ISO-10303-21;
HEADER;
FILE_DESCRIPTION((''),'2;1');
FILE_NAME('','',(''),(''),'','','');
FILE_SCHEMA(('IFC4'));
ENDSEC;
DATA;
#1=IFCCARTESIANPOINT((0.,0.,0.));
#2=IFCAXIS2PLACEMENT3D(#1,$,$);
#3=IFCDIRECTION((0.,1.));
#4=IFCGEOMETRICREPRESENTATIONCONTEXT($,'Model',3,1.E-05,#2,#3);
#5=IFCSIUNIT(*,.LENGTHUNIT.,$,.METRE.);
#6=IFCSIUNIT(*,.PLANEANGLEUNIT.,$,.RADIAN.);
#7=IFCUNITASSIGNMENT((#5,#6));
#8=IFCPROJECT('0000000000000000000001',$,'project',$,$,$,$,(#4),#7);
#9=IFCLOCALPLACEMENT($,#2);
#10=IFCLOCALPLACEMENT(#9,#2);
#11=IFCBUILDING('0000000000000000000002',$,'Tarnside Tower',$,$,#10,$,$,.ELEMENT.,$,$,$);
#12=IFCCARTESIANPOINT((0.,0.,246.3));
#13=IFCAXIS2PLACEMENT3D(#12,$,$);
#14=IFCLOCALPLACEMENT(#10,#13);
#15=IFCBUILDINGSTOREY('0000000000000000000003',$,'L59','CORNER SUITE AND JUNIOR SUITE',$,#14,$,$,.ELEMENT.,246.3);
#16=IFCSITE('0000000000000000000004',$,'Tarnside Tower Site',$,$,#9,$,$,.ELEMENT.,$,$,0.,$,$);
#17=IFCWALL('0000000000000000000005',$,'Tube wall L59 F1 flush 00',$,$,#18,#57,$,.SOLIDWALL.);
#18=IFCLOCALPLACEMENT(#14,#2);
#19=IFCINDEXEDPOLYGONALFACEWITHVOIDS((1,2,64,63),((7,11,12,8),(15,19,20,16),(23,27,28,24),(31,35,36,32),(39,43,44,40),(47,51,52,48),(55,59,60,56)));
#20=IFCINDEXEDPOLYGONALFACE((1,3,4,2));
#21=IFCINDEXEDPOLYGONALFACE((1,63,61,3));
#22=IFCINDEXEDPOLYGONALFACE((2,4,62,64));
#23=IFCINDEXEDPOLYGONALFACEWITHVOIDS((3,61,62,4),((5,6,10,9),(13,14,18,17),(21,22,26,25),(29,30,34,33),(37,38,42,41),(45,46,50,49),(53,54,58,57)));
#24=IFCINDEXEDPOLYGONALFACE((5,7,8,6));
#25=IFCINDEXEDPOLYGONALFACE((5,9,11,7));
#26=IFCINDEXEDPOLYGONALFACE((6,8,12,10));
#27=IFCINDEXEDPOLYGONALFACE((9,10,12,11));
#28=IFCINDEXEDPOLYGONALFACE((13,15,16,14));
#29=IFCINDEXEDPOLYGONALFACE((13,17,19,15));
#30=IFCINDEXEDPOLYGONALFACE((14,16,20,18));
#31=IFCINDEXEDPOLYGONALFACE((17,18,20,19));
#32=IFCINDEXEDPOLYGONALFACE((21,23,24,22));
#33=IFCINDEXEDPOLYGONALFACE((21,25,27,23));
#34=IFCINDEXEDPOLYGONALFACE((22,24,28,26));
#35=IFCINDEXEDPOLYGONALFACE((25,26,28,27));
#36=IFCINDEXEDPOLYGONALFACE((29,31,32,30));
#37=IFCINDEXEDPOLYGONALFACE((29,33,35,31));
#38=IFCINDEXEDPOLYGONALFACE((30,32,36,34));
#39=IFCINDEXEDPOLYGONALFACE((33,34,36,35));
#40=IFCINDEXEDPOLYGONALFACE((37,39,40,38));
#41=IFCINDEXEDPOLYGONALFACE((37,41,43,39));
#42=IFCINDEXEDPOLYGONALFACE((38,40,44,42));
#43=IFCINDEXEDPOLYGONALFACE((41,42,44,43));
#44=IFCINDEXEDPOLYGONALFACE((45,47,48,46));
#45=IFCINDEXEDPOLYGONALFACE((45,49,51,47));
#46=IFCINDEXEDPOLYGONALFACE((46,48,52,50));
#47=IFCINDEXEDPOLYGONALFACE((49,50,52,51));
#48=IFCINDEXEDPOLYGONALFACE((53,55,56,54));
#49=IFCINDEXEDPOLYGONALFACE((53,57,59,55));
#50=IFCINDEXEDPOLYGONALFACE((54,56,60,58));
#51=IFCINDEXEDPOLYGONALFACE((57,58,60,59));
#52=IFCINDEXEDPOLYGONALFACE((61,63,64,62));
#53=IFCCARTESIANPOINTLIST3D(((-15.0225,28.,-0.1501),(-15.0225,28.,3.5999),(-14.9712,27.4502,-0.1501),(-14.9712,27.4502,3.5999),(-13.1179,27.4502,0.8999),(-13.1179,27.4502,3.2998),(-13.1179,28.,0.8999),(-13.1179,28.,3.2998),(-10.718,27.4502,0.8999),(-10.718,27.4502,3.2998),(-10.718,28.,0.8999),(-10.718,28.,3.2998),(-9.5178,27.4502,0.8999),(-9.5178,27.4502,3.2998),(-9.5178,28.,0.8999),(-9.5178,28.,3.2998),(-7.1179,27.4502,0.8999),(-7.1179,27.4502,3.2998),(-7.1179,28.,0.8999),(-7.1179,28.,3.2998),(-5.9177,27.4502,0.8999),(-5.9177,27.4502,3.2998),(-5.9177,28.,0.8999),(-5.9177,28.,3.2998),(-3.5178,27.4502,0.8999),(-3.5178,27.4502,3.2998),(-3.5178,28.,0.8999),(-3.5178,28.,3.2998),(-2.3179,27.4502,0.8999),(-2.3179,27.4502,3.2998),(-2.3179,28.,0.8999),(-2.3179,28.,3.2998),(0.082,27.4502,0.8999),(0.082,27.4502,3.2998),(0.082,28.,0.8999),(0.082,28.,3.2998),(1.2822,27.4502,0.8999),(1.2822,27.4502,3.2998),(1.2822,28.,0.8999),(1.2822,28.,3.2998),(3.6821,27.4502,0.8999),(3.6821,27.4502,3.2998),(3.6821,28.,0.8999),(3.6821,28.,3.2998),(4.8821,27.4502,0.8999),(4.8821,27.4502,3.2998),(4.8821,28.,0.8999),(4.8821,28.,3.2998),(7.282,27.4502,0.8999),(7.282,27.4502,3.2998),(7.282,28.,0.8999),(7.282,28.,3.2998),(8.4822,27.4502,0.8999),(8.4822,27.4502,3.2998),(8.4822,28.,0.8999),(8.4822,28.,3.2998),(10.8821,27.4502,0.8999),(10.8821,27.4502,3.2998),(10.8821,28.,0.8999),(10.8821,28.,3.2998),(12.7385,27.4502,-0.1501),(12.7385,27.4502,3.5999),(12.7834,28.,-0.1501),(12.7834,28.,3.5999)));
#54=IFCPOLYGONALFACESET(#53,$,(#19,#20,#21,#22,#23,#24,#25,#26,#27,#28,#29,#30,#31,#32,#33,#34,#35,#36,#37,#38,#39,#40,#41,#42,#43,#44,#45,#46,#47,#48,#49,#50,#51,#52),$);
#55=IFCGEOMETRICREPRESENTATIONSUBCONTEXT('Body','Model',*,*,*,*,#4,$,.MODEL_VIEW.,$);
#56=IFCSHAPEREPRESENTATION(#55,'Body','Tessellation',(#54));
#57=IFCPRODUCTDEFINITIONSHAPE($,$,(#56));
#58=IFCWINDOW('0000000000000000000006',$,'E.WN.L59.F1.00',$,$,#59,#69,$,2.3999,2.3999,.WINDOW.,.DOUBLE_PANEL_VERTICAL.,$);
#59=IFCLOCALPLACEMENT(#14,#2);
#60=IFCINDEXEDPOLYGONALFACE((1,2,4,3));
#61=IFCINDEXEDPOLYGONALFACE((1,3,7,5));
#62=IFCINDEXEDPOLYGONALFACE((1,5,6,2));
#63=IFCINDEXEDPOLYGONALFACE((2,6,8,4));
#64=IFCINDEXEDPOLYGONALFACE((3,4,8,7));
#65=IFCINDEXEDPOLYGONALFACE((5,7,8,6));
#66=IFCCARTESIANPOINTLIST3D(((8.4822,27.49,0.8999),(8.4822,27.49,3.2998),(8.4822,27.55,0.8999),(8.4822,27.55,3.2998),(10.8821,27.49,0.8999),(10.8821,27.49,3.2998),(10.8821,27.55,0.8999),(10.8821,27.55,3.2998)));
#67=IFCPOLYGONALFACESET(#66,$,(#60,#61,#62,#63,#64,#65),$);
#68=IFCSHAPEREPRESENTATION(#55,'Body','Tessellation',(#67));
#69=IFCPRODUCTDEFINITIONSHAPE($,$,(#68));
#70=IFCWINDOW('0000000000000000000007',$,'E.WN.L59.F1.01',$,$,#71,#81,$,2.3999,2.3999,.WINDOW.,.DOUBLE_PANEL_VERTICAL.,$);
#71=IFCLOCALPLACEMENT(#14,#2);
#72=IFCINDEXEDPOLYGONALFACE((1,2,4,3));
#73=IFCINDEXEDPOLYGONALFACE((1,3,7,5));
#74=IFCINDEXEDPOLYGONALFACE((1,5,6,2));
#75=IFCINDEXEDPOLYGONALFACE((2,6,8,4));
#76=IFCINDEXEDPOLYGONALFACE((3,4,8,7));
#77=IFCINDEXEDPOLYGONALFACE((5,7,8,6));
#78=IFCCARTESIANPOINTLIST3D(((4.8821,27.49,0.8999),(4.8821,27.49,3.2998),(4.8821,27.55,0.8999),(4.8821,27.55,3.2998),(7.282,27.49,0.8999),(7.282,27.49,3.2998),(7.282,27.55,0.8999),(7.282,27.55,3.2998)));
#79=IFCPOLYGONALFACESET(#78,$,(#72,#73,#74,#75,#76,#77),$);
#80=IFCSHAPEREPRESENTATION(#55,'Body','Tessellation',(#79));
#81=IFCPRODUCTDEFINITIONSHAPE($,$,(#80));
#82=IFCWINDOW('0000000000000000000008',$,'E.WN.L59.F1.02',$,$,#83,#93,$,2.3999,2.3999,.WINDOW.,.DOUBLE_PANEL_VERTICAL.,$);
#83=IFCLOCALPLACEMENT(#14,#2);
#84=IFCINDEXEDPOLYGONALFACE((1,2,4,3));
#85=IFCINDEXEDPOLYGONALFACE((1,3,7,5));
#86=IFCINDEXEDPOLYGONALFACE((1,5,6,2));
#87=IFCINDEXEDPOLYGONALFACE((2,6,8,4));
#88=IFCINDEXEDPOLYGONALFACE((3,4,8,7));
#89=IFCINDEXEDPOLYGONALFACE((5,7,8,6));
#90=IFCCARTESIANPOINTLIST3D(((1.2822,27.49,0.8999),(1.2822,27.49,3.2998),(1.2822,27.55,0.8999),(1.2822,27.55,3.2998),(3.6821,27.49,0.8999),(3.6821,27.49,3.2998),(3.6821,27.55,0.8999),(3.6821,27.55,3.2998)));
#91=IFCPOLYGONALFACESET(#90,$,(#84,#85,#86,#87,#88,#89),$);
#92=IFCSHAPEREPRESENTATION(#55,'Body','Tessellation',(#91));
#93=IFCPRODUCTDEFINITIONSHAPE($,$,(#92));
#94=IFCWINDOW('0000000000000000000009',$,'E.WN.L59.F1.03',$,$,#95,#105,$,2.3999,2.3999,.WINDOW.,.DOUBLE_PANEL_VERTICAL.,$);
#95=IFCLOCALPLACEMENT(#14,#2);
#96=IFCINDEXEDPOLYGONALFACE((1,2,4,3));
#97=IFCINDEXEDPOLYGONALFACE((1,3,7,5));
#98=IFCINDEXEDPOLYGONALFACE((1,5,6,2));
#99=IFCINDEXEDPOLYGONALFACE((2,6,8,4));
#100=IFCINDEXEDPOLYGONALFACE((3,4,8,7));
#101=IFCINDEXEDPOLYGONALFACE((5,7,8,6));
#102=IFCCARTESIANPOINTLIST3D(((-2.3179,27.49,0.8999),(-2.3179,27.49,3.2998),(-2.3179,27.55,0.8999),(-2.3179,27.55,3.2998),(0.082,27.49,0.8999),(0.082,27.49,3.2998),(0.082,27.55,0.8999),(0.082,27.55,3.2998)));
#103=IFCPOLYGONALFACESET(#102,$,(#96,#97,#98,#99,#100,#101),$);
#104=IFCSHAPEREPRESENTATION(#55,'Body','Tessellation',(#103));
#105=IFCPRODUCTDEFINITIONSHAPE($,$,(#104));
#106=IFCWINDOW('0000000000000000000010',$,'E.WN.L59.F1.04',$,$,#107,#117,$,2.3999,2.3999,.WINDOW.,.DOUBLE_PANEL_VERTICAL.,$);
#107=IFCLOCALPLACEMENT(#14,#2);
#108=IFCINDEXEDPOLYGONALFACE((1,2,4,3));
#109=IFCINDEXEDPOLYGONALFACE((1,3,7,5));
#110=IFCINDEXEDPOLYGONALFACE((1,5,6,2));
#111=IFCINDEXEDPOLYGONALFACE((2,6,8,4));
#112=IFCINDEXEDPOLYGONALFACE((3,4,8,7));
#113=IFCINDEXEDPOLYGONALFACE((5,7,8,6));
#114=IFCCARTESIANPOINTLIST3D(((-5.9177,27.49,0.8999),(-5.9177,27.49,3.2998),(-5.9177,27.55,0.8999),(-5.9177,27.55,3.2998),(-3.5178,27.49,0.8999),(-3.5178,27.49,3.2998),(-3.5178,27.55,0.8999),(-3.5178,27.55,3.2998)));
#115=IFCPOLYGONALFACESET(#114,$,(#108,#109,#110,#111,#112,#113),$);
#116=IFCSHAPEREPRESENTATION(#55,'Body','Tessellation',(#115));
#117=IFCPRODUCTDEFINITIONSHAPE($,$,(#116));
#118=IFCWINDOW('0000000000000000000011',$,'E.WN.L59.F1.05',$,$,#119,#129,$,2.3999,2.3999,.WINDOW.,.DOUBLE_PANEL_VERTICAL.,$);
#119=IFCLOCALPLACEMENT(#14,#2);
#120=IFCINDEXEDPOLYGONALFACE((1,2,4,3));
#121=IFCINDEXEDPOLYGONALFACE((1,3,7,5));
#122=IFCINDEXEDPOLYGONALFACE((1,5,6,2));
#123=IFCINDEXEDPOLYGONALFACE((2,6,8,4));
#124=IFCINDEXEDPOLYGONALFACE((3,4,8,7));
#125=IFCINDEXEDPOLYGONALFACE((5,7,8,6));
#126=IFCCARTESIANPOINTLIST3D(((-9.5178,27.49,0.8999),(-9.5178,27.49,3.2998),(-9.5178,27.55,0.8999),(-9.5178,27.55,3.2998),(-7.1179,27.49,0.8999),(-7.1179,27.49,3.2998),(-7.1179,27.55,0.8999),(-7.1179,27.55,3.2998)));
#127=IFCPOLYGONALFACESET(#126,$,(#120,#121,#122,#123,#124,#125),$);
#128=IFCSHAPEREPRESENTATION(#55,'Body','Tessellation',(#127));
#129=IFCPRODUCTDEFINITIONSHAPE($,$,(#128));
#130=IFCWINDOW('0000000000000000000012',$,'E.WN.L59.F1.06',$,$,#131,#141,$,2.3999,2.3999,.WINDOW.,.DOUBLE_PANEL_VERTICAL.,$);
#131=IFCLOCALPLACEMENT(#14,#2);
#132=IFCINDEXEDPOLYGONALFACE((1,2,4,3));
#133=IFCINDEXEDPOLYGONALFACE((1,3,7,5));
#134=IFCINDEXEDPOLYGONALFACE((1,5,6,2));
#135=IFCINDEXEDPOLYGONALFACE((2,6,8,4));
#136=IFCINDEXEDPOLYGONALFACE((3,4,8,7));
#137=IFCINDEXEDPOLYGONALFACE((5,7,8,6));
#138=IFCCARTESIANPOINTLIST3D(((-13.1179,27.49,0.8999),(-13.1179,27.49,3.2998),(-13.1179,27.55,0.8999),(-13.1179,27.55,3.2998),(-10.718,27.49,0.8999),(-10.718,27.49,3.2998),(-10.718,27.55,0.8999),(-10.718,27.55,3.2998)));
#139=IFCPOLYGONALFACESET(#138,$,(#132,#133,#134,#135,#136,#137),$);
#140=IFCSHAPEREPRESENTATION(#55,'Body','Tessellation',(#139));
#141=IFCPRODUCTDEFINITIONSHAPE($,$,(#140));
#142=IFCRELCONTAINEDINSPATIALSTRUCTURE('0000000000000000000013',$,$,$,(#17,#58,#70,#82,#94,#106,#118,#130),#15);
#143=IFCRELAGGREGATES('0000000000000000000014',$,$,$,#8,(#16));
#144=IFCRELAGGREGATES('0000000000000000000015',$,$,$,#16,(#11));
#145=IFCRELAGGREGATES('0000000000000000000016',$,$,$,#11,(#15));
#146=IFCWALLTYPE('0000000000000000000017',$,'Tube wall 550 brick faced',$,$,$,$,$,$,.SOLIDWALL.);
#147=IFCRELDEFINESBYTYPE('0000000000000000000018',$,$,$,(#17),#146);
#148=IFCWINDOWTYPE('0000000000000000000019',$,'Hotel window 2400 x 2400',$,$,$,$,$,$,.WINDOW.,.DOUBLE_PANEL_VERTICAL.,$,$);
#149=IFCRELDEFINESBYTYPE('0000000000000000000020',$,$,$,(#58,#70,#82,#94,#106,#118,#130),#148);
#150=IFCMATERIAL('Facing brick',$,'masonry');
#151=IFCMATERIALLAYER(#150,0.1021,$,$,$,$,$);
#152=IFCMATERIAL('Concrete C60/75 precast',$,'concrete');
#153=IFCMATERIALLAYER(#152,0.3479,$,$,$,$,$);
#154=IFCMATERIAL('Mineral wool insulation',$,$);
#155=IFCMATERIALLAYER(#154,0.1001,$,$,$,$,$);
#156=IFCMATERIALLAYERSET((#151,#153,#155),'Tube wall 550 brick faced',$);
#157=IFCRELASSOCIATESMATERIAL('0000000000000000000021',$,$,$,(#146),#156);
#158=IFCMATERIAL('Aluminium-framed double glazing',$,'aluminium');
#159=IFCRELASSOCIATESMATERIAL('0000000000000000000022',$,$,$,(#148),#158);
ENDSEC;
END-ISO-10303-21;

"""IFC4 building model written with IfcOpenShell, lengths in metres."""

from ifc_helpers import new_model, si_unit, direction, frame, frame_2d, origin, place, context, subcontext, project, spatial, polyline, rectangle, outline, extrude, material, layer, layer_set, type_object, element, fill, save


model = new_model("IFC4")

# Units and contexts
model_context = context("Model", 3, precision=1e-05, world=origin(), true_north=direction((0.0, 1.0)))
body_context = subcontext(model_context, "Body", "Model", "MODEL_VIEW")
ifc_project = project(units=[si_unit("LENGTHUNIT", "METRE"), si_unit("PLANEANGLEUNIT", "RADIAN")], contexts=[model_context])

# Site, building, storey
site_placement = place(None, origin())
site = spatial("IfcSite", under=ifc_project, at=site_placement, Name="Tarnside Tower Site", CompositionType="ELEMENT", RefElevation=0.0)
building_placement = place(site_placement, origin())
building = spatial("IfcBuilding", under=site, at=building_placement, Name="Tarnside Tower", CompositionType="ELEMENT")
storey_placement = place(building_placement, frame((0.0, 0.0, 246.3)))
storey = spatial("IfcBuildingStorey", under=building, at=storey_placement, Name="L59", Description="CORNER SUITE AND JUNIOR SUITE", CompositionType="ELEMENT", Elevation=246.3)

# Wall, openings, windows
ifc_material_1 = material(Name="Facing brick", Category="masonry")
ifc_layer_1 = layer(ifc_material_1, 0.1021)
ifc_material_2 = material(Name="Concrete C60/75 precast", Category="concrete")
ifc_layer_2 = layer(ifc_material_2, 0.3479)
ifc_material_3 = material(Name="Mineral wool insulation")
ifc_layer_3 = layer(ifc_material_3, 0.1001)
ifc_layer_set_1 = layer_set([ifc_layer_1, ifc_layer_2, ifc_layer_3], Name="Tube wall 550 brick faced")
wall_type_1 = type_object("IfcWallType", Name="Tube wall 550 brick faced", PredefinedType="SOLIDWALL", material=ifc_layer_set_1)
wall_1_placement = place(storey_placement, frame((12.761, 27.7251, -0.1501), z_axis=(0.0, 0.0, 1.0), x_axis=(-1.0, 0.0, 0.0)))
wall_1 = element("IfcWall", 1, at=wall_1_placement, inside=storey, type_object=wall_type_1, Name="Tube wall L59 F1 flush 00", PredefinedType="SOLIDWALL", context=body_context, shape_type="SweptSolid", body=[
    extrude(outline(polyline([(-0.0225, -0.2749), (27.7834, -0.2749), (27.7322, 0.2749), (0.0225, 0.2749), (-0.0225, -0.2749)])), origin(), (0.0, 0.0, 1.0), 3.75),
])
opening_1_placement = place(wall_1_placement, frame((1.8789, 0.0, 1.05)))
opening_1 = element("IfcOpeningElement", 2, at=opening_1_placement, cuts=wall_1, PredefinedType="OPENING", context=body_context, shape_type="SweptSolid", body=[
    extrude(rectangle(XDim=2.3999, YDim=2.3999, at=frame_2d((1.2, 1.2))), frame((0.0, 0.2852, 0.0), z_axis=(0.0, -1.0, 0.0), x_axis=(1.0, 0.0, 0.0)), (0.0, 0.0, 1.0), 0.5701),
])
opening_2_placement = place(wall_1_placement, frame((5.479, 0.0, 1.05)))
opening_2 = element("IfcOpeningElement", 3, at=opening_2_placement, cuts=wall_1, PredefinedType="OPENING", context=body_context, shape_type="SweptSolid", body=[
    extrude(rectangle(XDim=2.3999, YDim=2.3999, at=frame_2d((1.2, 1.2))), frame((0.0, 0.2852, 0.0), z_axis=(0.0, -1.0, 0.0), x_axis=(1.0, 0.0, 0.0)), (0.0, 0.0, 1.0), 0.5701),
])
opening_3_placement = place(wall_1_placement, frame((9.0789, 0.0, 1.05)))
opening_3 = element("IfcOpeningElement", 4, at=opening_3_placement, cuts=wall_1, PredefinedType="OPENING", context=body_context, shape_type="SweptSolid", body=[
    extrude(rectangle(XDim=2.3999, YDim=2.3999, at=frame_2d((1.2, 1.2))), frame((0.0, 0.2852, 0.0), z_axis=(0.0, -1.0, 0.0), x_axis=(1.0, 0.0, 0.0)), (0.0, 0.0, 1.0), 0.5701),
])
opening_4_placement = place(wall_1_placement, frame((12.679, 0.0, 1.05)))
opening_4 = element("IfcOpeningElement", 5, at=opening_4_placement, cuts=wall_1, PredefinedType="OPENING", context=body_context, shape_type="SweptSolid", body=[
    extrude(rectangle(XDim=2.3999, YDim=2.3999, at=frame_2d((1.2, 1.2))), frame((0.0, 0.2852, 0.0), z_axis=(0.0, -1.0, 0.0), x_axis=(1.0, 0.0, 0.0)), (0.0, 0.0, 1.0), 0.5701),
])
opening_5_placement = place(wall_1_placement, frame((16.2788, 0.0, 1.05)))
opening_5 = element("IfcOpeningElement", 6, at=opening_5_placement, cuts=wall_1, PredefinedType="OPENING", context=body_context, shape_type="SweptSolid", body=[
    extrude(rectangle(XDim=2.3999, YDim=2.3999, at=frame_2d((1.2, 1.2))), frame((0.0, 0.2852, 0.0), z_axis=(0.0, -1.0, 0.0), x_axis=(1.0, 0.0, 0.0)), (0.0, 0.0, 1.0), 0.5701),
])
opening_6_placement = place(wall_1_placement, frame((19.8789, 0.0, 1.05)))
opening_6 = element("IfcOpeningElement", 7, at=opening_6_placement, cuts=wall_1, PredefinedType="OPENING", context=body_context, shape_type="SweptSolid", body=[
    extrude(rectangle(XDim=2.3999, YDim=2.3999, at=frame_2d((1.2, 1.2))), frame((0.0, 0.2852, 0.0), z_axis=(0.0, -1.0, 0.0), x_axis=(1.0, 0.0, 0.0)), (0.0, 0.0, 1.0), 0.5701),
])
opening_7_placement = place(wall_1_placement, frame((23.479, 0.0, 1.05)))
opening_7 = element("IfcOpeningElement", 8, at=opening_7_placement, cuts=wall_1, PredefinedType="OPENING", context=body_context, shape_type="SweptSolid", body=[
    extrude(rectangle(XDim=2.3999, YDim=2.3999, at=frame_2d((1.2, 1.2))), frame((0.0, 0.2852, 0.0), z_axis=(0.0, -1.0, 0.0), x_axis=(1.0, 0.0, 0.0)), (0.0, 0.0, 1.0), 0.5701),
])
ifc_material_4 = material(Name="Aluminium-framed double glazing", Category="aluminium")
window_type = type_object("IfcWindowType", Name="Hotel window 2400 x 2400", PartitioningType="DOUBLE_PANEL_VERTICAL", PredefinedType="WINDOW", material=ifc_material_4)
window_1_placement = place(opening_1_placement, frame((0.0, 0.2051, 0.0)))
window_1 = element("IfcWindow", 9, at=window_1_placement, inside=storey, type_object=window_type, Name="E.WN.L59.F1.00", OverallHeight=2.3999, OverallWidth=2.3999, PartitioningType="DOUBLE_PANEL_VERTICAL", PredefinedType="WINDOW", context=body_context, shape_type="SweptSolid", body=[
    extrude(rectangle(XDim=2.3999, YDim=2.3999, at=frame_2d((1.2, 1.2))), frame((0.0, 0.03, 0.0), z_axis=(0.0, -1.0, 0.0), x_axis=(1.0, 0.0, 0.0)), (0.0, 0.0, 1.0), 0.0601),
])
fill(opening_1, window_1)
window_2_placement = place(opening_2_placement, frame((0.0, 0.2051, 0.0)))
window_2 = element("IfcWindow", 10, at=window_2_placement, inside=storey, type_object=window_type, Name="E.WN.L59.F1.01", OverallHeight=2.3999, OverallWidth=2.3999, PartitioningType="DOUBLE_PANEL_VERTICAL", PredefinedType="WINDOW", context=body_context, shape_type="SweptSolid", body=[
    extrude(rectangle(XDim=2.3999, YDim=2.3999, at=frame_2d((1.2, 1.2))), frame((0.0, 0.03, 0.0), z_axis=(0.0, -1.0, 0.0), x_axis=(1.0, 0.0, 0.0)), (0.0, 0.0, 1.0), 0.0601),
])
fill(opening_2, window_2)
window_3_placement = place(opening_3_placement, frame((0.0, 0.2051, 0.0)))
window_3 = element("IfcWindow", 11, at=window_3_placement, inside=storey, type_object=window_type, Name="E.WN.L59.F1.02", OverallHeight=2.3999, OverallWidth=2.3999, PartitioningType="DOUBLE_PANEL_VERTICAL", PredefinedType="WINDOW", context=body_context, shape_type="SweptSolid", body=[
    extrude(rectangle(XDim=2.3999, YDim=2.3999, at=frame_2d((1.2, 1.2))), frame((0.0, 0.03, 0.0), z_axis=(0.0, -1.0, 0.0), x_axis=(1.0, 0.0, 0.0)), (0.0, 0.0, 1.0), 0.0601),
])
fill(opening_3, window_3)
window_4_placement = place(opening_4_placement, frame((0.0, 0.2051, 0.0)))
window_4 = element("IfcWindow", 12, at=window_4_placement, inside=storey, type_object=window_type, Name="E.WN.L59.F1.03", OverallHeight=2.3999, OverallWidth=2.3999, PartitioningType="DOUBLE_PANEL_VERTICAL", PredefinedType="WINDOW", context=body_context, shape_type="SweptSolid", body=[
    extrude(rectangle(XDim=2.3999, YDim=2.3999, at=frame_2d((1.2, 1.2))), frame((0.0, 0.03, 0.0), z_axis=(0.0, -1.0, 0.0), x_axis=(1.0, 0.0, 0.0)), (0.0, 0.0, 1.0), 0.0601),
])
fill(opening_4, window_4)
window_5_placement = place(opening_5_placement, frame((0.0, 0.2051, 0.0)))
window_5 = element("IfcWindow", 13, at=window_5_placement, inside=storey, type_object=window_type, Name="E.WN.L59.F1.04", OverallHeight=2.3999, OverallWidth=2.3999, PartitioningType="DOUBLE_PANEL_VERTICAL", PredefinedType="WINDOW", context=body_context, shape_type="SweptSolid", body=[
    extrude(rectangle(XDim=2.3999, YDim=2.3999, at=frame_2d((1.2, 1.2))), frame((0.0, 0.03, 0.0), z_axis=(0.0, -1.0, 0.0), x_axis=(1.0, 0.0, 0.0)), (0.0, 0.0, 1.0), 0.0601),
])
fill(opening_5, window_5)
window_6_placement = place(opening_6_placement, frame((0.0, 0.2051, 0.0)))
window_6 = element("IfcWindow", 14, at=window_6_placement, inside=storey, type_object=window_type, Name="E.WN.L59.F1.05", OverallHeight=2.3999, OverallWidth=2.3999, PartitioningType="DOUBLE_PANEL_VERTICAL", PredefinedType="WINDOW", context=body_context, shape_type="SweptSolid", body=[
    extrude(rectangle(XDim=2.3999, YDim=2.3999, at=frame_2d((1.2, 1.2))), frame((0.0, 0.03, 0.0), z_axis=(0.0, -1.0, 0.0), x_axis=(1.0, 0.0, 0.0)), (0.0, 0.0, 1.0), 0.0601),
])
fill(opening_6, window_6)
window_7_placement = place(opening_7_placement, frame((0.0, 0.2051, 0.0)))
window_7 = element("IfcWindow", 15, at=window_7_placement, inside=storey, type_object=window_type, Name="E.WN.L59.F1.06", OverallHeight=2.3999, OverallWidth=2.3999, PartitioningType="DOUBLE_PANEL_VERTICAL", PredefinedType="WINDOW", context=body_context, shape_type="SweptSolid", body=[
    extrude(rectangle(XDim=2.3999, YDim=2.3999, at=frame_2d((1.2, 1.2))), frame((0.0, 0.03, 0.0), z_axis=(0.0, -1.0, 0.0), x_axis=(1.0, 0.0, 0.0)), (0.0, 0.0, 1.0), 0.0601),
])
fill(opening_7, window_7)

save(model, "model.ifc")
